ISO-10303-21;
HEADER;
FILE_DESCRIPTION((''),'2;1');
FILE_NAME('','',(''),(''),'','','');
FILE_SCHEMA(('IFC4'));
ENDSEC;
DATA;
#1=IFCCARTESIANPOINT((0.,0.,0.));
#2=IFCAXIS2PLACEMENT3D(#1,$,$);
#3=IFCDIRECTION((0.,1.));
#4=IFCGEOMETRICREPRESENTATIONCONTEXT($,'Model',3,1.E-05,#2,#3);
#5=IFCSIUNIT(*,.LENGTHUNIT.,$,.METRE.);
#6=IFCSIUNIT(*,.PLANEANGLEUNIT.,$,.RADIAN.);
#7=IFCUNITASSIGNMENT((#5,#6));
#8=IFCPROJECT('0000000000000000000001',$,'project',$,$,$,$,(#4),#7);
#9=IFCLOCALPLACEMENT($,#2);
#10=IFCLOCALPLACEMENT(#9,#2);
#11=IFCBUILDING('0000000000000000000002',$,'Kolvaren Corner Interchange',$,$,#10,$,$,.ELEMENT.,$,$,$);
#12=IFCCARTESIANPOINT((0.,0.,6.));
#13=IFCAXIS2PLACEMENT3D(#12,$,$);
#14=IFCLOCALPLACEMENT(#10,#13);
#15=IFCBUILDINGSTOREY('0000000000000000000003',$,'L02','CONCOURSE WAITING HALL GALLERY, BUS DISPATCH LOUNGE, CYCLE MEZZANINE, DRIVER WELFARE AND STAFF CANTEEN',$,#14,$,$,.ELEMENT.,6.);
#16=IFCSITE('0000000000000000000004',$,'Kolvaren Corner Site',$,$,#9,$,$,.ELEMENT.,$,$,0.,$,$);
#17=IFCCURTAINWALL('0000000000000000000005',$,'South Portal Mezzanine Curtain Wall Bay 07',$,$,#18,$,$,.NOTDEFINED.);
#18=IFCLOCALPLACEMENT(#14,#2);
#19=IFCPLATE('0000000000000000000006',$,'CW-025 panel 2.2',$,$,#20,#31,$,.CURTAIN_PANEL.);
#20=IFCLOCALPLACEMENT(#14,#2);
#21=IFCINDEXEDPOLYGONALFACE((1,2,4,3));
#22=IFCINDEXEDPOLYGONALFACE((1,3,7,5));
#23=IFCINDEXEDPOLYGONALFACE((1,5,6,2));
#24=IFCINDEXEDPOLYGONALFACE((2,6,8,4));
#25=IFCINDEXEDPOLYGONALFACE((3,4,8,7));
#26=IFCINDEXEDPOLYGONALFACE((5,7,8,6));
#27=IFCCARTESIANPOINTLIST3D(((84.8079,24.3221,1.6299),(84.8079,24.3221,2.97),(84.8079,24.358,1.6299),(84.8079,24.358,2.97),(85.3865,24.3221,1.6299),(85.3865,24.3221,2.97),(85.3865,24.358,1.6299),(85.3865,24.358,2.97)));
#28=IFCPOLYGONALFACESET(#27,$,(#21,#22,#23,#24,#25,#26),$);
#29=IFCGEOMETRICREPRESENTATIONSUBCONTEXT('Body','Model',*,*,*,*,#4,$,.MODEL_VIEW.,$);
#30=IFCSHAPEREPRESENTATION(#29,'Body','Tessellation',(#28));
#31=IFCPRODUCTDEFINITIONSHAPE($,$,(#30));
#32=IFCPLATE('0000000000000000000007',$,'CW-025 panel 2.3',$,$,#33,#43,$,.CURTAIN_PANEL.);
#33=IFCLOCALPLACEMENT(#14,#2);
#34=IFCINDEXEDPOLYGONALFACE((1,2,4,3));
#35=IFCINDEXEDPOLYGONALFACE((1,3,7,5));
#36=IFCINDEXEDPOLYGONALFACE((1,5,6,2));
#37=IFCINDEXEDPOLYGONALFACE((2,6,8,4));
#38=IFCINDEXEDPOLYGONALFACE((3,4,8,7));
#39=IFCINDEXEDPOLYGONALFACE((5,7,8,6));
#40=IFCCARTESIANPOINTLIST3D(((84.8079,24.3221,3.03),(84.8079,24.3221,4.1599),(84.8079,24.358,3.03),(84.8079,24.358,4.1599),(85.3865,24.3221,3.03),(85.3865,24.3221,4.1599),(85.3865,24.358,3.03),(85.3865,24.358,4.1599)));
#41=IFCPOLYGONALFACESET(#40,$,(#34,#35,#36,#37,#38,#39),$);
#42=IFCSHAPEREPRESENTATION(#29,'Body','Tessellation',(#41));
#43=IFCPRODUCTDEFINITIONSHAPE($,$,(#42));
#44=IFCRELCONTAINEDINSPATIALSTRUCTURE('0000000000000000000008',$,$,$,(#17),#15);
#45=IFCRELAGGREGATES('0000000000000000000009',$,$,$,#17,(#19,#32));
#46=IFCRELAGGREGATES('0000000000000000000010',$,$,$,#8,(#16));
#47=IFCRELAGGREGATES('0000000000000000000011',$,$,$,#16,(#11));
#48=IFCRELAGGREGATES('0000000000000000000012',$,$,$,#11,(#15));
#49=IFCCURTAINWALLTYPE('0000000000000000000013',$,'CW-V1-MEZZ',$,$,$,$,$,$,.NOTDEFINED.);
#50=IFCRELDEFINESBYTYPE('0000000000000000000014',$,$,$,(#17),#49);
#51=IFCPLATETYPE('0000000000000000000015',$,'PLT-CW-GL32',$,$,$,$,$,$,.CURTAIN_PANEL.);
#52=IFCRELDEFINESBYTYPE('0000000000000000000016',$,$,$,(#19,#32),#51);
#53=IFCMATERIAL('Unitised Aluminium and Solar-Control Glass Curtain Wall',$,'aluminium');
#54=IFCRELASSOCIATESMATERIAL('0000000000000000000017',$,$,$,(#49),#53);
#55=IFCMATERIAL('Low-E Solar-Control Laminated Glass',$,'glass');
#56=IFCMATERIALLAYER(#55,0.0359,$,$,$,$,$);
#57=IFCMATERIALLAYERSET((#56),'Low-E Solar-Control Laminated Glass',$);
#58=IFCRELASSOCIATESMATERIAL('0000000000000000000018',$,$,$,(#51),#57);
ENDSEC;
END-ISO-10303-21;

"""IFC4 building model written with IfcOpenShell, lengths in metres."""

from ifc_helpers import new_model, si_unit, direction, frame, origin, origin_2d, place, context, subcontext, project, spatial, rectangle, extrude, material, layer, layer_set, type_object, element, aggregate, save


model = new_model("IFC4")

# Units and contexts
model_context = context("Model", 3, precision=1e-05, world=origin(), true_north=direction((0.0, 1.0)))
body_context = subcontext(model_context, "Body", "Model", "MODEL_VIEW")
ifc_project = project(units=[si_unit("LENGTHUNIT", "METRE"), si_unit("PLANEANGLEUNIT", "RADIAN")], contexts=[model_context])

# Site, building, storey
site_placement = place(None, origin())
site = spatial("IfcSite", under=ifc_project, at=site_placement, Name="Kolvaren Corner Site", CompositionType="ELEMENT", RefElevation=0.0)
building_placement = place(site_placement, origin())
building = spatial("IfcBuilding", under=site, at=building_placement, Name="Kolvaren Corner Interchange", CompositionType="ELEMENT")
storey_placement = place(building_placement, frame((0.0, 0.0, 6.0)))
storey = spatial("IfcBuildingStorey", under=building, at=storey_placement, Name="L02", Description="CONCOURSE WAITING HALL GALLERY, BUS DISPATCH LOUNGE, CYCLE MEZZANINE, DRIVER WELFARE AND STAFF CANTEEN", CompositionType="ELEMENT", Elevation=6.0)

# Curtain wall, plates
ifc_material_1 = material(Name="Unitised Aluminium and Solar-Control Glass Curtain Wall", Category="aluminium")
curtain_wall_type = type_object("IfcCurtainWallType", Name="CW-V1-MEZZ", PredefinedType="NOTDEFINED", material=ifc_material_1)
curtain_wall_placement = place(storey_placement, origin())
curtain_wall = element("IfcCurtainWall", 1, at=curtain_wall_placement, inside=storey, type_object=curtain_wall_type, Name="South Portal Mezzanine Curtain Wall Bay 07", PredefinedType="NOTDEFINED")
ifc_material_2 = material(Name="Low-E Solar-Control Laminated Glass", Category="glass")
ifc_layer = layer(ifc_material_2, 0.0359)
ifc_layer_set = layer_set([ifc_layer], Name="Low-E Solar-Control Laminated Glass")
plate_type = type_object("IfcPlateType", Name="PLT-CW-GL32", PredefinedType="CURTAIN_PANEL", material=ifc_layer_set)
plate_1_placement = place(storey_placement, frame((85.0972, 24.3401, 1.6299), z_axis=(0.0, 0.0, 1.0), x_axis=(1.0, 0.0, 0.0)))
plate_1 = element("IfcPlate", 2, at=plate_1_placement, type_object=plate_type, Name="CW-025 panel 2.2", PredefinedType="CURTAIN_PANEL", context=body_context, shape_type="SweptSolid", body=[
    extrude(rectangle(XDim=0.5786, YDim=0.0359, at=origin_2d()), origin(), (0.0, 0.0, 1.0), 1.3401),
])
plate_2_placement = place(storey_placement, frame((85.0972, 24.3401, 3.03), z_axis=(0.0, 0.0, 1.0), x_axis=(1.0, 0.0, 0.0)))
plate_2 = element("IfcPlate", 3, at=plate_2_placement, type_object=plate_type, Name="CW-025 panel 2.3", PredefinedType="CURTAIN_PANEL", context=body_context, shape_type="SweptSolid", body=[
    extrude(rectangle(XDim=0.5786, YDim=0.0359, at=origin_2d()), origin(), (0.0, 0.0, 1.0), 1.1299),
])
aggregate(curtain_wall, [plate_1, plate_2])

save(model, "model.ifc")
